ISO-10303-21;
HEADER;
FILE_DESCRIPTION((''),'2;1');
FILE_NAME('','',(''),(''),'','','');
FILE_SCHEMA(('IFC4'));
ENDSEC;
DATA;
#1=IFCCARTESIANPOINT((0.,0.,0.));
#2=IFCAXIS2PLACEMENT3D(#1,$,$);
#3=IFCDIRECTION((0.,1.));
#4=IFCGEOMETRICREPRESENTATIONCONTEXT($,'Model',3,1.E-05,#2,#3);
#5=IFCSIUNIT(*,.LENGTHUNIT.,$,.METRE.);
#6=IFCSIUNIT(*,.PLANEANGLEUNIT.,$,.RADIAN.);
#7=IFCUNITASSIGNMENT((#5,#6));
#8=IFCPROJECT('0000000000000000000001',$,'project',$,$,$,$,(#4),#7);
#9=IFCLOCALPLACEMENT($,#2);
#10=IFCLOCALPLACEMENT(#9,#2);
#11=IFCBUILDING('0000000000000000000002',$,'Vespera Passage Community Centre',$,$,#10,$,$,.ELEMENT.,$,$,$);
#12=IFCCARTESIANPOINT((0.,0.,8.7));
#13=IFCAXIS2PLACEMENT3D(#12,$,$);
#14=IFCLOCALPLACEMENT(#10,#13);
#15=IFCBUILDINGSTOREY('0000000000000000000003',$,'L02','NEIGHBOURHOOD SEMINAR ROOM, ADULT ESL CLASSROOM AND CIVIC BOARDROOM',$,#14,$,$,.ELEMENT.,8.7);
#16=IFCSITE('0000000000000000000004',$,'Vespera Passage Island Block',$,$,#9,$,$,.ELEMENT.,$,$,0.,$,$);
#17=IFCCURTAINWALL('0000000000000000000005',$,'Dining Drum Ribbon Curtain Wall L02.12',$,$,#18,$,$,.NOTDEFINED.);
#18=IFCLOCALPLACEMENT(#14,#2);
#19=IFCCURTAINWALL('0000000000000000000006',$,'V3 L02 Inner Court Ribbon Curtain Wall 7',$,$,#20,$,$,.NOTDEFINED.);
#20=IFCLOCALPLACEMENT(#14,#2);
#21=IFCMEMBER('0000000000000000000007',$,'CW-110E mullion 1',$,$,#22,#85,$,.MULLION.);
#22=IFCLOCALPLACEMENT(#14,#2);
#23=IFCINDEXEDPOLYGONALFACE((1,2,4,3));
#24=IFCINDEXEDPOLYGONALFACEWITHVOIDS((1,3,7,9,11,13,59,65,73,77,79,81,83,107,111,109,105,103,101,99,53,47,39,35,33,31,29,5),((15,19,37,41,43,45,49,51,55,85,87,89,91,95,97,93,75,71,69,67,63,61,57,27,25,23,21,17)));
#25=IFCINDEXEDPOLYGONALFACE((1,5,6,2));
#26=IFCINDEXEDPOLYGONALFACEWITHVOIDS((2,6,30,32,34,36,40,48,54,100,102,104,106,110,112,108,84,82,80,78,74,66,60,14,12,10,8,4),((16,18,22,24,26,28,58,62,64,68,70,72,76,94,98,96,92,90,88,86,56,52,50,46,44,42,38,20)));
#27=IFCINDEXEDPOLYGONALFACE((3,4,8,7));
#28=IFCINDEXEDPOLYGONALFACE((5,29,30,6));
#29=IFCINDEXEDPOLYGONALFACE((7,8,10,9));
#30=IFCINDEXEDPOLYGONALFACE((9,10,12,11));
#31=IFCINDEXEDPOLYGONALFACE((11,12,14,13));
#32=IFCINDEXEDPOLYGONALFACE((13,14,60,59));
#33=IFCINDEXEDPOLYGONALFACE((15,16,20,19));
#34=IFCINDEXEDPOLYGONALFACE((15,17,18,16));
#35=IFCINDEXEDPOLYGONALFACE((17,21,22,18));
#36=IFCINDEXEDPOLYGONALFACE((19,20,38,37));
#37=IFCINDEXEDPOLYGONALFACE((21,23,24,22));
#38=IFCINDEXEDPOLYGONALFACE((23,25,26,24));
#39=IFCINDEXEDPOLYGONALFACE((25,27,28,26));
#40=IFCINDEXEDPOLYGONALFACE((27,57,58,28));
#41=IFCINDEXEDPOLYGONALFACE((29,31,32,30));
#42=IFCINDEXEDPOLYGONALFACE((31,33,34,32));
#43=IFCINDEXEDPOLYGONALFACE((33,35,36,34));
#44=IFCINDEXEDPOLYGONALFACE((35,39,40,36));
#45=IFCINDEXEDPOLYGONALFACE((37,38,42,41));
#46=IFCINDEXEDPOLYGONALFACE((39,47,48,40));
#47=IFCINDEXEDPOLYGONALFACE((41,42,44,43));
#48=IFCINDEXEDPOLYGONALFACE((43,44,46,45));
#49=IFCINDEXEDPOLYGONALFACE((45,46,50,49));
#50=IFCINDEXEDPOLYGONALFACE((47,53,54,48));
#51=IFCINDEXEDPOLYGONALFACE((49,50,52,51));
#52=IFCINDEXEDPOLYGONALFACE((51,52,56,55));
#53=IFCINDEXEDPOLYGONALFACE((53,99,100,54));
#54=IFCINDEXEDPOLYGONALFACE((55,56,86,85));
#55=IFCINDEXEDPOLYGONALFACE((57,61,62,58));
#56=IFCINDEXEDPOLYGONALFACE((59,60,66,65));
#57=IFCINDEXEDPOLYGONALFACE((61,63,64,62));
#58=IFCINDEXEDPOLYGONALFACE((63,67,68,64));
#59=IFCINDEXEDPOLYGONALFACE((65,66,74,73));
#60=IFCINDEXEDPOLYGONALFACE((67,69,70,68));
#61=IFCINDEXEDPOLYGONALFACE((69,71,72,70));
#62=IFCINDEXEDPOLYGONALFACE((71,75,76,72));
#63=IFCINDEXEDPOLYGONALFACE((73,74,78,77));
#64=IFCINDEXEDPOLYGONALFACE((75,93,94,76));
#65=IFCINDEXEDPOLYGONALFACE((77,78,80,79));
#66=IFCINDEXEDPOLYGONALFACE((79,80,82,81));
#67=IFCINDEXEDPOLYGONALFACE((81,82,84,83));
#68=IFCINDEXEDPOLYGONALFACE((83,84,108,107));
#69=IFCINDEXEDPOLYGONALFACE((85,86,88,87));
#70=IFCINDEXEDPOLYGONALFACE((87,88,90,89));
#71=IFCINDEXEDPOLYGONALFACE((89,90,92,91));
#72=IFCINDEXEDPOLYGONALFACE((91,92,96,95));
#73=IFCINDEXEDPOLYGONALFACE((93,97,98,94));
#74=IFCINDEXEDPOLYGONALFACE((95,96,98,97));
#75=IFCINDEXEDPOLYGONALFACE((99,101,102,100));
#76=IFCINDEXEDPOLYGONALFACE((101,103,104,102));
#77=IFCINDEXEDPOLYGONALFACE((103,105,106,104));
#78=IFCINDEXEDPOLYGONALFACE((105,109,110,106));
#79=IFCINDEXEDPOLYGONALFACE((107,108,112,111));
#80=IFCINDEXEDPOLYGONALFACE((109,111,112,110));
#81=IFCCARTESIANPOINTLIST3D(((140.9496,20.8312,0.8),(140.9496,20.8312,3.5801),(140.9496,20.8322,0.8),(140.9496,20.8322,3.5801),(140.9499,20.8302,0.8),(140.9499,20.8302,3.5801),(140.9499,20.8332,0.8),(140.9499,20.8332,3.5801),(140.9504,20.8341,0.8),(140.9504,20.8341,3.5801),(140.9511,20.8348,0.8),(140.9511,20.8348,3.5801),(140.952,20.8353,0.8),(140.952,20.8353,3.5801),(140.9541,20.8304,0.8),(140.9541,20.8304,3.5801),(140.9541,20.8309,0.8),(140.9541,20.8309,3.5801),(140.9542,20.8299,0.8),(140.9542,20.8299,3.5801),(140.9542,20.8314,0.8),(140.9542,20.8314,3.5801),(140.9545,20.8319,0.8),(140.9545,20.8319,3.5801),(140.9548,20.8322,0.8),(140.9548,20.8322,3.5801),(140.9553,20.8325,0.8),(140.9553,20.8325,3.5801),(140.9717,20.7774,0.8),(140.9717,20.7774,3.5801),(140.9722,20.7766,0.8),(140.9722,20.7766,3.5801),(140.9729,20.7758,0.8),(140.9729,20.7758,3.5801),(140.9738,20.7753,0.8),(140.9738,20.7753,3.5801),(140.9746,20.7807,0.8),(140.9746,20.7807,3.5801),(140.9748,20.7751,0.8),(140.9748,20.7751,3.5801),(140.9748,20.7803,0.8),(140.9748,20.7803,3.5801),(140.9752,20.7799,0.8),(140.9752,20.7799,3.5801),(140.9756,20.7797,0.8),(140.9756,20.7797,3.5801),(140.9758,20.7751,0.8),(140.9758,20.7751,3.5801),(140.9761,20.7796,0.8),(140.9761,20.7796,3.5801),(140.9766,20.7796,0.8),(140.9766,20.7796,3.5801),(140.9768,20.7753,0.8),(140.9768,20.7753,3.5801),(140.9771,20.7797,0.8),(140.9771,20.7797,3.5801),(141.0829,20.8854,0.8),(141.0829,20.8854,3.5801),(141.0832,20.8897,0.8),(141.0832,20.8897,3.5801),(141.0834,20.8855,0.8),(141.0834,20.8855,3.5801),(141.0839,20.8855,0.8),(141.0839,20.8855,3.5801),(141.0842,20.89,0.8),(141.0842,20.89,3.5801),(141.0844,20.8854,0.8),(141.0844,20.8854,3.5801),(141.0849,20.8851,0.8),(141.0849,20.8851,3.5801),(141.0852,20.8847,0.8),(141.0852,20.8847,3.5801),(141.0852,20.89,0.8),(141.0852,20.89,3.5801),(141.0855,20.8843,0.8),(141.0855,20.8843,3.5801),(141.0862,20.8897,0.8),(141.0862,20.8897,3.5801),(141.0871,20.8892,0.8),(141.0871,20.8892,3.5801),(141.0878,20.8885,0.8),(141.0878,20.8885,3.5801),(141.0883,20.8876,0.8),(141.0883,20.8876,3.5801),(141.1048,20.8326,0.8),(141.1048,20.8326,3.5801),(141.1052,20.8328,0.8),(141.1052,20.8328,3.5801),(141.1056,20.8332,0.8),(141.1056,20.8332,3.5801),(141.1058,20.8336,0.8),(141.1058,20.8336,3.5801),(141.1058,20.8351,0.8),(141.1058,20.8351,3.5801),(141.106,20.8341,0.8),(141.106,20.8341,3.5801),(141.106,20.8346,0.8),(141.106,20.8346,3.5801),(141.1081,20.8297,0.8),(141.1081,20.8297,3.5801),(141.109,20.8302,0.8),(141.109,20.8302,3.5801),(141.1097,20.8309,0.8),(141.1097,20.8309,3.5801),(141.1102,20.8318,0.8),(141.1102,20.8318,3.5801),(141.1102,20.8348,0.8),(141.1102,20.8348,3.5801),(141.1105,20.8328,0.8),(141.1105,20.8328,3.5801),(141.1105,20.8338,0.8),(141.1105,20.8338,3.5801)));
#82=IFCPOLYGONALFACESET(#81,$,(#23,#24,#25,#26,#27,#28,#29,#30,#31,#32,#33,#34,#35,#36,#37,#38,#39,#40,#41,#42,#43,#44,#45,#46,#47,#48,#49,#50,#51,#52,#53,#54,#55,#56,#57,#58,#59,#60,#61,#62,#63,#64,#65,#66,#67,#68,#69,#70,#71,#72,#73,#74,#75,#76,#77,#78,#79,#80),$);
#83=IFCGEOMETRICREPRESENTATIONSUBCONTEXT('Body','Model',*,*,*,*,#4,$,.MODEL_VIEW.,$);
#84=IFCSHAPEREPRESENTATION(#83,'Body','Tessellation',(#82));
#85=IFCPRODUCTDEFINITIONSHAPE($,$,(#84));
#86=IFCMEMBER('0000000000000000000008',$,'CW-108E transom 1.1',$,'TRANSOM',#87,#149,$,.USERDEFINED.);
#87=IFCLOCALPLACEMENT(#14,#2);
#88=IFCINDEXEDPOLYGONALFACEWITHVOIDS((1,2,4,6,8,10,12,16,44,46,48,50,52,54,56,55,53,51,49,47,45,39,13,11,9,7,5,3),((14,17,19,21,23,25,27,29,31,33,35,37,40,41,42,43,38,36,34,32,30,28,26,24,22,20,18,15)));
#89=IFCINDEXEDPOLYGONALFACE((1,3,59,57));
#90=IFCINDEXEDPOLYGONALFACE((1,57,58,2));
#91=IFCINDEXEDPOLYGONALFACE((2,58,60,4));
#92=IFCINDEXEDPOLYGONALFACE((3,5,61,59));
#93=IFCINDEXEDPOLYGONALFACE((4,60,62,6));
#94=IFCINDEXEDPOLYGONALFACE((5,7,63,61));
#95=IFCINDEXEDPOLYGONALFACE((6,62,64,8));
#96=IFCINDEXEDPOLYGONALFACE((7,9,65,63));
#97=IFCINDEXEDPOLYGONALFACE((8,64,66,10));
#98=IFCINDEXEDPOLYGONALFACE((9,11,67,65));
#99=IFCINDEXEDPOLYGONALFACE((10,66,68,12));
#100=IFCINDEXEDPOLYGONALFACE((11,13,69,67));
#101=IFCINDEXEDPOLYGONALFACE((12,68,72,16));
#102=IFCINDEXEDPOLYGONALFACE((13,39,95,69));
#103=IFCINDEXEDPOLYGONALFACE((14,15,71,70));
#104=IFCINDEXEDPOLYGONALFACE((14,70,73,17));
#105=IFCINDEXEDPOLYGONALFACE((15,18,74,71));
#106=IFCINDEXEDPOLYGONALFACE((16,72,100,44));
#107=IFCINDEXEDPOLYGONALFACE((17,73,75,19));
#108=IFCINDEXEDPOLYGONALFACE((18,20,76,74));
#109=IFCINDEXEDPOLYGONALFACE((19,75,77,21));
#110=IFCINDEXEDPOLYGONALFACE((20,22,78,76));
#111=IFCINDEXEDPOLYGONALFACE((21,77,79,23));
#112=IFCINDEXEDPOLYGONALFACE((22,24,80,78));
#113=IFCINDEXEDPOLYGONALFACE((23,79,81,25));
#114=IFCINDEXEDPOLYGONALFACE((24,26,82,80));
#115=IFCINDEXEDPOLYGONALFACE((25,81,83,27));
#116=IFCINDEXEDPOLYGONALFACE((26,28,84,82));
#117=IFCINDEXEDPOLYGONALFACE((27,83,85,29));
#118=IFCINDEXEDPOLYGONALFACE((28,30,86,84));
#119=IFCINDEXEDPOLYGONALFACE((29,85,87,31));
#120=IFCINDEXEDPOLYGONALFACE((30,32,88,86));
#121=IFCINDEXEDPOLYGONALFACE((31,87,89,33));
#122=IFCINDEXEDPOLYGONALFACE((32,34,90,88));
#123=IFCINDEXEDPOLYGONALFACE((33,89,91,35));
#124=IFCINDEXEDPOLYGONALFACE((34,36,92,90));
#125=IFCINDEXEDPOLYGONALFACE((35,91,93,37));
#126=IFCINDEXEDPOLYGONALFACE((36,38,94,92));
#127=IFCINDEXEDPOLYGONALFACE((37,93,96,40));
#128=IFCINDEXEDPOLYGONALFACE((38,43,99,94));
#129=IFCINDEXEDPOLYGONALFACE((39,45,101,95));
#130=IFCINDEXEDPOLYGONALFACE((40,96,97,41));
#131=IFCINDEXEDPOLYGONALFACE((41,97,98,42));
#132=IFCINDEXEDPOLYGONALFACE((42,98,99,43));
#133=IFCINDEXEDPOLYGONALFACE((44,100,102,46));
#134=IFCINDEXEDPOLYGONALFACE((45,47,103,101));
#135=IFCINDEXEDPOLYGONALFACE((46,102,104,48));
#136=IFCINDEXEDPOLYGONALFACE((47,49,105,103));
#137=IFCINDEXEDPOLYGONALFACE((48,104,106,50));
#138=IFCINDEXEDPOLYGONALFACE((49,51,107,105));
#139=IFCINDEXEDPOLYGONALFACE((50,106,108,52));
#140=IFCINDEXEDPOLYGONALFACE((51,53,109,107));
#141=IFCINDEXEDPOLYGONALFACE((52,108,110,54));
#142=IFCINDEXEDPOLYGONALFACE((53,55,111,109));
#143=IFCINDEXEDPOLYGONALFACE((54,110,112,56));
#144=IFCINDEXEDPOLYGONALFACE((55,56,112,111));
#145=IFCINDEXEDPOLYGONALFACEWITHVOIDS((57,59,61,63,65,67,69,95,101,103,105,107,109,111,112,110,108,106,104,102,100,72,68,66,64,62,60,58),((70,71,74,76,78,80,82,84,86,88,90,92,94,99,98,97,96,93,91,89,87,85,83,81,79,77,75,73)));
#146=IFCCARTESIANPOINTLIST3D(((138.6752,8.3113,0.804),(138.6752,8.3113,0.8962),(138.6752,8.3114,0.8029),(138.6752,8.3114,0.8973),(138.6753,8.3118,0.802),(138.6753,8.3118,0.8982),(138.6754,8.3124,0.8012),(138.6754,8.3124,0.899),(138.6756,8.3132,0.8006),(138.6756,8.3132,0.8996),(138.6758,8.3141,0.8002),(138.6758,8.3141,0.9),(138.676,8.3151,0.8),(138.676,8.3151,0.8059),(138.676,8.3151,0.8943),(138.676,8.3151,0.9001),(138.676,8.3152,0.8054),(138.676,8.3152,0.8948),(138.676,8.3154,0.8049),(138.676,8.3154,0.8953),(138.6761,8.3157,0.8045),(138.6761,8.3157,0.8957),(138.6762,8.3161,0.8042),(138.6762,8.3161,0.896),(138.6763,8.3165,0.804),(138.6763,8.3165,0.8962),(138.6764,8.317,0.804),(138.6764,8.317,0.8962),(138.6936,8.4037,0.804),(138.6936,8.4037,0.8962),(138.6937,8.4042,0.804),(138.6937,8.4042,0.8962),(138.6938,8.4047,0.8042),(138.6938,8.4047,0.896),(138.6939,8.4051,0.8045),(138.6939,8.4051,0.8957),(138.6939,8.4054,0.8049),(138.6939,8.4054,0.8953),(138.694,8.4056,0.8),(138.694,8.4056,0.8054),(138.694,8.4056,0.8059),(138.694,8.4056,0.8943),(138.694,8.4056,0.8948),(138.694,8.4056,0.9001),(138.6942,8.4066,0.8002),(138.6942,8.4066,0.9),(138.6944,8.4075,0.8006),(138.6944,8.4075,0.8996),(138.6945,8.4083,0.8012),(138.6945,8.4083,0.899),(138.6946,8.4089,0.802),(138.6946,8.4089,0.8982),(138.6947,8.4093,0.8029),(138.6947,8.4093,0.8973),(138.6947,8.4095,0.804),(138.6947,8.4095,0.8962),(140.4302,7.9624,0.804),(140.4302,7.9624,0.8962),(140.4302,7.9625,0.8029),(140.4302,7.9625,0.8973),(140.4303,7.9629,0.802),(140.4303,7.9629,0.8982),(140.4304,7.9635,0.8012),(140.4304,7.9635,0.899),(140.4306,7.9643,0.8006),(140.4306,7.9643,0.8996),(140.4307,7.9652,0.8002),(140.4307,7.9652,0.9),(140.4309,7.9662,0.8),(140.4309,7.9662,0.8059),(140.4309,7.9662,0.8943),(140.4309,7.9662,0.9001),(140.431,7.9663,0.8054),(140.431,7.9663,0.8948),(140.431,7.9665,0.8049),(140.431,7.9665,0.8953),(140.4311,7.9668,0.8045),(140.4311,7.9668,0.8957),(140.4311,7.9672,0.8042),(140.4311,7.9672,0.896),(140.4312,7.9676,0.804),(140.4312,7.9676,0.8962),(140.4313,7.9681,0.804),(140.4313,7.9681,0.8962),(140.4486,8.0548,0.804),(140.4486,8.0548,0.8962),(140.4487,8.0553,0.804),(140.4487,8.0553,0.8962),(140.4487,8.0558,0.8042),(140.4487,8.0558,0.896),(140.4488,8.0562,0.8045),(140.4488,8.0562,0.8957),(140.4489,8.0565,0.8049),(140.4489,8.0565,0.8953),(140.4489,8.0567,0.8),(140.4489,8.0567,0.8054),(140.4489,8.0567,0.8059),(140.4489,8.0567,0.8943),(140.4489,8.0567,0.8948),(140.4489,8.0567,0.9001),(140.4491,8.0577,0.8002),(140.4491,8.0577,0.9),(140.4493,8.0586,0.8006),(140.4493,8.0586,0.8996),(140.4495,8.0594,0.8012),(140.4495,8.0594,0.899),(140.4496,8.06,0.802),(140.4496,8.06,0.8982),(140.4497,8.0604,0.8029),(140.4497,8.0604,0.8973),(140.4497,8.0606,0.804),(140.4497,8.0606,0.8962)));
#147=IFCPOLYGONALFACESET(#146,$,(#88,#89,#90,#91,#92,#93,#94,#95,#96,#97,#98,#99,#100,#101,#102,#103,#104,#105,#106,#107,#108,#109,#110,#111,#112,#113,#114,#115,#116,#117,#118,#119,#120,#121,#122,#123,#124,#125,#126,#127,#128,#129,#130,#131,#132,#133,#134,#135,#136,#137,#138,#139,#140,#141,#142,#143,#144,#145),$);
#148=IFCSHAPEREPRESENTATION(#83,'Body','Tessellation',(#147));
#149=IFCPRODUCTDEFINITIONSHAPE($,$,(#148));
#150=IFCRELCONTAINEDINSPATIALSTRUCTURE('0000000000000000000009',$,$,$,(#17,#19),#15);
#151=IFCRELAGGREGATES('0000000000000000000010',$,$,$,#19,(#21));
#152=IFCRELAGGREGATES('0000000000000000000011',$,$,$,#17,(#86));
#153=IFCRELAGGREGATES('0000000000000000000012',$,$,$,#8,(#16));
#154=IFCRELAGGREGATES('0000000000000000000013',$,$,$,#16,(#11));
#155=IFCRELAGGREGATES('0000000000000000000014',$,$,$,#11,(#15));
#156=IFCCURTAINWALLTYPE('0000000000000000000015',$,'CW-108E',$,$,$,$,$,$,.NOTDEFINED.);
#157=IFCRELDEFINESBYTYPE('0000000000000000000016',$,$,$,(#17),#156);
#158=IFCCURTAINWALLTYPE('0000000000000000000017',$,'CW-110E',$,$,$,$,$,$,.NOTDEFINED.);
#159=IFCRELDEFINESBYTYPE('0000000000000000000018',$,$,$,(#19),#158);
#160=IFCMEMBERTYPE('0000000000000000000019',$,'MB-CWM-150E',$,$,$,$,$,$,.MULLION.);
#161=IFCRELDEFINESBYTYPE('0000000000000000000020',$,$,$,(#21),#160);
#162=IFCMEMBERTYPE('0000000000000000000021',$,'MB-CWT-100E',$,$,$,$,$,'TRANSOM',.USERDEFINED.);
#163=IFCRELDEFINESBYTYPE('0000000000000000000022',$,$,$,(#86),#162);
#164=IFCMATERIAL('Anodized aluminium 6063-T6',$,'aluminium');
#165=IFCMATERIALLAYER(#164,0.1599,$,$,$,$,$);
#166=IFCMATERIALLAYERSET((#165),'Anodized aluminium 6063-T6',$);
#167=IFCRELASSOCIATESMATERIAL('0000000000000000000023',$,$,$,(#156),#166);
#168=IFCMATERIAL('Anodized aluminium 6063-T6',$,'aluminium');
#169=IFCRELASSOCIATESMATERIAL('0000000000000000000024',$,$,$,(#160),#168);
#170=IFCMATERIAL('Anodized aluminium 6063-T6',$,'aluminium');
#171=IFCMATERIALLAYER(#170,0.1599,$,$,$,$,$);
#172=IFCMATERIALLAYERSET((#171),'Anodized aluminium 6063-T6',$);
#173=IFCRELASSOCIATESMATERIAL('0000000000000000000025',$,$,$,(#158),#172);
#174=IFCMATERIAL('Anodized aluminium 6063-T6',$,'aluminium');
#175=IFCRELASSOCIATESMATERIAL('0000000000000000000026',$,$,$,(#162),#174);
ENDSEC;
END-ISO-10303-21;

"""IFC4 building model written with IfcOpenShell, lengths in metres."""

from ifc_helpers import new_model, si_unit, direction, frame, origin, origin_2d, place, context, subcontext, project, spatial, hollow_rectangle, extrude, material, layer, layer_set, material_profile, profile_set, type_object, element, aggregate, save


model = new_model("IFC4")

# Units and contexts
model_context = context("Model", 3, precision=1e-05, world=origin(), true_north=direction((0.0, 1.0)))
body_context = subcontext(model_context, "Body", "Model", "MODEL_VIEW")
ifc_project = project(units=[si_unit("LENGTHUNIT", "METRE"), si_unit("PLANEANGLEUNIT", "RADIAN")], contexts=[model_context])

# Site, building, storey
site_placement = place(None, origin())
site = spatial("IfcSite", under=ifc_project, at=site_placement, Name="Vespera Passage Island Block", CompositionType="ELEMENT", RefElevation=0.0)
building_placement = place(site_placement, origin())
building = spatial("IfcBuilding", under=site, at=building_placement, Name="Vespera Passage Community Centre", CompositionType="ELEMENT")
storey_placement = place(building_placement, frame((0.0, 0.0, 8.7)))
storey = spatial("IfcBuildingStorey", under=building, at=storey_placement, Name="L02", Description="NEIGHBOURHOOD SEMINAR ROOM, ADULT ESL CLASSROOM AND CIVIC BOARDROOM", CompositionType="ELEMENT", Elevation=8.7)

# Curtain wall
ifc_material_1 = material(Name="Anodized aluminium 6063-T6", Category="aluminium")
ifc_layer_1 = layer(ifc_material_1, 0.1599)
ifc_layer_set_1 = layer_set([ifc_layer_1], Name="Anodized aluminium 6063-T6")
curtain_wall_type_1 = type_object("IfcCurtainWallType", Name="CW-108E", PredefinedType="NOTDEFINED", material=ifc_layer_set_1)
curtain_wall_1_placement = place(storey_placement, origin())
curtain_wall_1 = element("IfcCurtainWall", 1, at=curtain_wall_1_placement, inside=storey, type_object=curtain_wall_type_1, Name="Dining Drum Ribbon Curtain Wall L02.12", PredefinedType="NOTDEFINED")
ifc_material_2 = material(Name="Anodized aluminium 6063-T6", Category="aluminium")
ifc_material_profile_1 = material_profile(ifc_material_2, hollow_rectangle(XDim=0.0649, YDim=0.1499, WallThickness=0.0039, InnerFilletRadius=0.002, OuterFilletRadius=0.0039, at=origin_2d()), Name="ALU150X65X4")
ifc_profile_set_1 = profile_set([ifc_material_profile_1], Name="Anodized aluminium 6063-T6")
member_type_1 = type_object("IfcMemberType", Name="MB-CWM-150E", PredefinedType="MULLION", material=ifc_profile_set_1)

# Curtain wall, member
ifc_material_3 = material(Name="Anodized aluminium 6063-T6", Category="aluminium")
ifc_layer_2 = layer(ifc_material_3, 0.1599)
ifc_layer_set_2 = layer_set([ifc_layer_2], Name="Anodized aluminium 6063-T6")
curtain_wall_type_2 = type_object("IfcCurtainWallType", Name="CW-110E", PredefinedType="NOTDEFINED", material=ifc_layer_set_2)
curtain_wall_2_placement = place(storey_placement, origin())
curtain_wall_2 = element("IfcCurtainWall", 2, at=curtain_wall_2_placement, inside=storey, type_object=curtain_wall_type_2, Name="V3 L02 Inner Court Ribbon Curtain Wall 7", PredefinedType="NOTDEFINED")
member_1_placement = place(storey_placement, frame((141.03, 20.8325, 0.8), z_axis=(0.0, 0.0, 1.0), x_axis=(-0.382686, 0.923879, 0.0)))
member_1 = element("IfcMember", 3, at=member_1_placement, type_object=member_type_1, Name="CW-110E mullion 1", PredefinedType="MULLION", context=body_context, shape_type="SweptSolid", body=[
    extrude(hollow_rectangle(XDim=0.0649, YDim=0.1499, WallThickness=0.0039, InnerFilletRadius=0.002, OuterFilletRadius=0.0039, at=origin_2d()), origin(), (0.0, 0.0, 1.0), 2.78),
])
aggregate(curtain_wall_2, [member_1])

# Member
ifc_material_4 = material(Name="Anodized aluminium 6063-T6", Category="aluminium")
ifc_material_profile_2 = material_profile(ifc_material_4, hollow_rectangle(XDim=0.1001, YDim=0.1001, WallThickness=0.0039, InnerFilletRadius=0.002, OuterFilletRadius=0.0039, at=origin_2d()), Name="ALU100X100X4")
ifc_profile_set_2 = profile_set([ifc_material_profile_2], Name="Anodized aluminium 6063-T6")
member_type_2 = type_object("IfcMemberType", Name="MB-CWT-100E", ElementType="TRANSOM", PredefinedType="USERDEFINED", material=ifc_profile_set_2)
member_2_placement = place(storey_placement, frame((140.4399, 8.0115, 0.8501), z_axis=(-0.980806, 0.194988, 0.0), x_axis=(-0.194988, -0.980806, 0.0)))
member_2 = element("IfcMember", 4, at=member_2_placement, type_object=member_type_2, Name="CW-108E transom 1.1", ObjectType="TRANSOM", PredefinedType="USERDEFINED", context=body_context, shape_type="SweptSolid", body=[
    extrude(hollow_rectangle(XDim=0.1001, YDim=0.1001, WallThickness=0.0039, InnerFilletRadius=0.002, OuterFilletRadius=0.0039, at=origin_2d()), origin(), (0.0, 0.0, 1.0), 1.7893),
])

aggregate(curtain_wall_1, [member_2])

save(model, "model.ifc")
